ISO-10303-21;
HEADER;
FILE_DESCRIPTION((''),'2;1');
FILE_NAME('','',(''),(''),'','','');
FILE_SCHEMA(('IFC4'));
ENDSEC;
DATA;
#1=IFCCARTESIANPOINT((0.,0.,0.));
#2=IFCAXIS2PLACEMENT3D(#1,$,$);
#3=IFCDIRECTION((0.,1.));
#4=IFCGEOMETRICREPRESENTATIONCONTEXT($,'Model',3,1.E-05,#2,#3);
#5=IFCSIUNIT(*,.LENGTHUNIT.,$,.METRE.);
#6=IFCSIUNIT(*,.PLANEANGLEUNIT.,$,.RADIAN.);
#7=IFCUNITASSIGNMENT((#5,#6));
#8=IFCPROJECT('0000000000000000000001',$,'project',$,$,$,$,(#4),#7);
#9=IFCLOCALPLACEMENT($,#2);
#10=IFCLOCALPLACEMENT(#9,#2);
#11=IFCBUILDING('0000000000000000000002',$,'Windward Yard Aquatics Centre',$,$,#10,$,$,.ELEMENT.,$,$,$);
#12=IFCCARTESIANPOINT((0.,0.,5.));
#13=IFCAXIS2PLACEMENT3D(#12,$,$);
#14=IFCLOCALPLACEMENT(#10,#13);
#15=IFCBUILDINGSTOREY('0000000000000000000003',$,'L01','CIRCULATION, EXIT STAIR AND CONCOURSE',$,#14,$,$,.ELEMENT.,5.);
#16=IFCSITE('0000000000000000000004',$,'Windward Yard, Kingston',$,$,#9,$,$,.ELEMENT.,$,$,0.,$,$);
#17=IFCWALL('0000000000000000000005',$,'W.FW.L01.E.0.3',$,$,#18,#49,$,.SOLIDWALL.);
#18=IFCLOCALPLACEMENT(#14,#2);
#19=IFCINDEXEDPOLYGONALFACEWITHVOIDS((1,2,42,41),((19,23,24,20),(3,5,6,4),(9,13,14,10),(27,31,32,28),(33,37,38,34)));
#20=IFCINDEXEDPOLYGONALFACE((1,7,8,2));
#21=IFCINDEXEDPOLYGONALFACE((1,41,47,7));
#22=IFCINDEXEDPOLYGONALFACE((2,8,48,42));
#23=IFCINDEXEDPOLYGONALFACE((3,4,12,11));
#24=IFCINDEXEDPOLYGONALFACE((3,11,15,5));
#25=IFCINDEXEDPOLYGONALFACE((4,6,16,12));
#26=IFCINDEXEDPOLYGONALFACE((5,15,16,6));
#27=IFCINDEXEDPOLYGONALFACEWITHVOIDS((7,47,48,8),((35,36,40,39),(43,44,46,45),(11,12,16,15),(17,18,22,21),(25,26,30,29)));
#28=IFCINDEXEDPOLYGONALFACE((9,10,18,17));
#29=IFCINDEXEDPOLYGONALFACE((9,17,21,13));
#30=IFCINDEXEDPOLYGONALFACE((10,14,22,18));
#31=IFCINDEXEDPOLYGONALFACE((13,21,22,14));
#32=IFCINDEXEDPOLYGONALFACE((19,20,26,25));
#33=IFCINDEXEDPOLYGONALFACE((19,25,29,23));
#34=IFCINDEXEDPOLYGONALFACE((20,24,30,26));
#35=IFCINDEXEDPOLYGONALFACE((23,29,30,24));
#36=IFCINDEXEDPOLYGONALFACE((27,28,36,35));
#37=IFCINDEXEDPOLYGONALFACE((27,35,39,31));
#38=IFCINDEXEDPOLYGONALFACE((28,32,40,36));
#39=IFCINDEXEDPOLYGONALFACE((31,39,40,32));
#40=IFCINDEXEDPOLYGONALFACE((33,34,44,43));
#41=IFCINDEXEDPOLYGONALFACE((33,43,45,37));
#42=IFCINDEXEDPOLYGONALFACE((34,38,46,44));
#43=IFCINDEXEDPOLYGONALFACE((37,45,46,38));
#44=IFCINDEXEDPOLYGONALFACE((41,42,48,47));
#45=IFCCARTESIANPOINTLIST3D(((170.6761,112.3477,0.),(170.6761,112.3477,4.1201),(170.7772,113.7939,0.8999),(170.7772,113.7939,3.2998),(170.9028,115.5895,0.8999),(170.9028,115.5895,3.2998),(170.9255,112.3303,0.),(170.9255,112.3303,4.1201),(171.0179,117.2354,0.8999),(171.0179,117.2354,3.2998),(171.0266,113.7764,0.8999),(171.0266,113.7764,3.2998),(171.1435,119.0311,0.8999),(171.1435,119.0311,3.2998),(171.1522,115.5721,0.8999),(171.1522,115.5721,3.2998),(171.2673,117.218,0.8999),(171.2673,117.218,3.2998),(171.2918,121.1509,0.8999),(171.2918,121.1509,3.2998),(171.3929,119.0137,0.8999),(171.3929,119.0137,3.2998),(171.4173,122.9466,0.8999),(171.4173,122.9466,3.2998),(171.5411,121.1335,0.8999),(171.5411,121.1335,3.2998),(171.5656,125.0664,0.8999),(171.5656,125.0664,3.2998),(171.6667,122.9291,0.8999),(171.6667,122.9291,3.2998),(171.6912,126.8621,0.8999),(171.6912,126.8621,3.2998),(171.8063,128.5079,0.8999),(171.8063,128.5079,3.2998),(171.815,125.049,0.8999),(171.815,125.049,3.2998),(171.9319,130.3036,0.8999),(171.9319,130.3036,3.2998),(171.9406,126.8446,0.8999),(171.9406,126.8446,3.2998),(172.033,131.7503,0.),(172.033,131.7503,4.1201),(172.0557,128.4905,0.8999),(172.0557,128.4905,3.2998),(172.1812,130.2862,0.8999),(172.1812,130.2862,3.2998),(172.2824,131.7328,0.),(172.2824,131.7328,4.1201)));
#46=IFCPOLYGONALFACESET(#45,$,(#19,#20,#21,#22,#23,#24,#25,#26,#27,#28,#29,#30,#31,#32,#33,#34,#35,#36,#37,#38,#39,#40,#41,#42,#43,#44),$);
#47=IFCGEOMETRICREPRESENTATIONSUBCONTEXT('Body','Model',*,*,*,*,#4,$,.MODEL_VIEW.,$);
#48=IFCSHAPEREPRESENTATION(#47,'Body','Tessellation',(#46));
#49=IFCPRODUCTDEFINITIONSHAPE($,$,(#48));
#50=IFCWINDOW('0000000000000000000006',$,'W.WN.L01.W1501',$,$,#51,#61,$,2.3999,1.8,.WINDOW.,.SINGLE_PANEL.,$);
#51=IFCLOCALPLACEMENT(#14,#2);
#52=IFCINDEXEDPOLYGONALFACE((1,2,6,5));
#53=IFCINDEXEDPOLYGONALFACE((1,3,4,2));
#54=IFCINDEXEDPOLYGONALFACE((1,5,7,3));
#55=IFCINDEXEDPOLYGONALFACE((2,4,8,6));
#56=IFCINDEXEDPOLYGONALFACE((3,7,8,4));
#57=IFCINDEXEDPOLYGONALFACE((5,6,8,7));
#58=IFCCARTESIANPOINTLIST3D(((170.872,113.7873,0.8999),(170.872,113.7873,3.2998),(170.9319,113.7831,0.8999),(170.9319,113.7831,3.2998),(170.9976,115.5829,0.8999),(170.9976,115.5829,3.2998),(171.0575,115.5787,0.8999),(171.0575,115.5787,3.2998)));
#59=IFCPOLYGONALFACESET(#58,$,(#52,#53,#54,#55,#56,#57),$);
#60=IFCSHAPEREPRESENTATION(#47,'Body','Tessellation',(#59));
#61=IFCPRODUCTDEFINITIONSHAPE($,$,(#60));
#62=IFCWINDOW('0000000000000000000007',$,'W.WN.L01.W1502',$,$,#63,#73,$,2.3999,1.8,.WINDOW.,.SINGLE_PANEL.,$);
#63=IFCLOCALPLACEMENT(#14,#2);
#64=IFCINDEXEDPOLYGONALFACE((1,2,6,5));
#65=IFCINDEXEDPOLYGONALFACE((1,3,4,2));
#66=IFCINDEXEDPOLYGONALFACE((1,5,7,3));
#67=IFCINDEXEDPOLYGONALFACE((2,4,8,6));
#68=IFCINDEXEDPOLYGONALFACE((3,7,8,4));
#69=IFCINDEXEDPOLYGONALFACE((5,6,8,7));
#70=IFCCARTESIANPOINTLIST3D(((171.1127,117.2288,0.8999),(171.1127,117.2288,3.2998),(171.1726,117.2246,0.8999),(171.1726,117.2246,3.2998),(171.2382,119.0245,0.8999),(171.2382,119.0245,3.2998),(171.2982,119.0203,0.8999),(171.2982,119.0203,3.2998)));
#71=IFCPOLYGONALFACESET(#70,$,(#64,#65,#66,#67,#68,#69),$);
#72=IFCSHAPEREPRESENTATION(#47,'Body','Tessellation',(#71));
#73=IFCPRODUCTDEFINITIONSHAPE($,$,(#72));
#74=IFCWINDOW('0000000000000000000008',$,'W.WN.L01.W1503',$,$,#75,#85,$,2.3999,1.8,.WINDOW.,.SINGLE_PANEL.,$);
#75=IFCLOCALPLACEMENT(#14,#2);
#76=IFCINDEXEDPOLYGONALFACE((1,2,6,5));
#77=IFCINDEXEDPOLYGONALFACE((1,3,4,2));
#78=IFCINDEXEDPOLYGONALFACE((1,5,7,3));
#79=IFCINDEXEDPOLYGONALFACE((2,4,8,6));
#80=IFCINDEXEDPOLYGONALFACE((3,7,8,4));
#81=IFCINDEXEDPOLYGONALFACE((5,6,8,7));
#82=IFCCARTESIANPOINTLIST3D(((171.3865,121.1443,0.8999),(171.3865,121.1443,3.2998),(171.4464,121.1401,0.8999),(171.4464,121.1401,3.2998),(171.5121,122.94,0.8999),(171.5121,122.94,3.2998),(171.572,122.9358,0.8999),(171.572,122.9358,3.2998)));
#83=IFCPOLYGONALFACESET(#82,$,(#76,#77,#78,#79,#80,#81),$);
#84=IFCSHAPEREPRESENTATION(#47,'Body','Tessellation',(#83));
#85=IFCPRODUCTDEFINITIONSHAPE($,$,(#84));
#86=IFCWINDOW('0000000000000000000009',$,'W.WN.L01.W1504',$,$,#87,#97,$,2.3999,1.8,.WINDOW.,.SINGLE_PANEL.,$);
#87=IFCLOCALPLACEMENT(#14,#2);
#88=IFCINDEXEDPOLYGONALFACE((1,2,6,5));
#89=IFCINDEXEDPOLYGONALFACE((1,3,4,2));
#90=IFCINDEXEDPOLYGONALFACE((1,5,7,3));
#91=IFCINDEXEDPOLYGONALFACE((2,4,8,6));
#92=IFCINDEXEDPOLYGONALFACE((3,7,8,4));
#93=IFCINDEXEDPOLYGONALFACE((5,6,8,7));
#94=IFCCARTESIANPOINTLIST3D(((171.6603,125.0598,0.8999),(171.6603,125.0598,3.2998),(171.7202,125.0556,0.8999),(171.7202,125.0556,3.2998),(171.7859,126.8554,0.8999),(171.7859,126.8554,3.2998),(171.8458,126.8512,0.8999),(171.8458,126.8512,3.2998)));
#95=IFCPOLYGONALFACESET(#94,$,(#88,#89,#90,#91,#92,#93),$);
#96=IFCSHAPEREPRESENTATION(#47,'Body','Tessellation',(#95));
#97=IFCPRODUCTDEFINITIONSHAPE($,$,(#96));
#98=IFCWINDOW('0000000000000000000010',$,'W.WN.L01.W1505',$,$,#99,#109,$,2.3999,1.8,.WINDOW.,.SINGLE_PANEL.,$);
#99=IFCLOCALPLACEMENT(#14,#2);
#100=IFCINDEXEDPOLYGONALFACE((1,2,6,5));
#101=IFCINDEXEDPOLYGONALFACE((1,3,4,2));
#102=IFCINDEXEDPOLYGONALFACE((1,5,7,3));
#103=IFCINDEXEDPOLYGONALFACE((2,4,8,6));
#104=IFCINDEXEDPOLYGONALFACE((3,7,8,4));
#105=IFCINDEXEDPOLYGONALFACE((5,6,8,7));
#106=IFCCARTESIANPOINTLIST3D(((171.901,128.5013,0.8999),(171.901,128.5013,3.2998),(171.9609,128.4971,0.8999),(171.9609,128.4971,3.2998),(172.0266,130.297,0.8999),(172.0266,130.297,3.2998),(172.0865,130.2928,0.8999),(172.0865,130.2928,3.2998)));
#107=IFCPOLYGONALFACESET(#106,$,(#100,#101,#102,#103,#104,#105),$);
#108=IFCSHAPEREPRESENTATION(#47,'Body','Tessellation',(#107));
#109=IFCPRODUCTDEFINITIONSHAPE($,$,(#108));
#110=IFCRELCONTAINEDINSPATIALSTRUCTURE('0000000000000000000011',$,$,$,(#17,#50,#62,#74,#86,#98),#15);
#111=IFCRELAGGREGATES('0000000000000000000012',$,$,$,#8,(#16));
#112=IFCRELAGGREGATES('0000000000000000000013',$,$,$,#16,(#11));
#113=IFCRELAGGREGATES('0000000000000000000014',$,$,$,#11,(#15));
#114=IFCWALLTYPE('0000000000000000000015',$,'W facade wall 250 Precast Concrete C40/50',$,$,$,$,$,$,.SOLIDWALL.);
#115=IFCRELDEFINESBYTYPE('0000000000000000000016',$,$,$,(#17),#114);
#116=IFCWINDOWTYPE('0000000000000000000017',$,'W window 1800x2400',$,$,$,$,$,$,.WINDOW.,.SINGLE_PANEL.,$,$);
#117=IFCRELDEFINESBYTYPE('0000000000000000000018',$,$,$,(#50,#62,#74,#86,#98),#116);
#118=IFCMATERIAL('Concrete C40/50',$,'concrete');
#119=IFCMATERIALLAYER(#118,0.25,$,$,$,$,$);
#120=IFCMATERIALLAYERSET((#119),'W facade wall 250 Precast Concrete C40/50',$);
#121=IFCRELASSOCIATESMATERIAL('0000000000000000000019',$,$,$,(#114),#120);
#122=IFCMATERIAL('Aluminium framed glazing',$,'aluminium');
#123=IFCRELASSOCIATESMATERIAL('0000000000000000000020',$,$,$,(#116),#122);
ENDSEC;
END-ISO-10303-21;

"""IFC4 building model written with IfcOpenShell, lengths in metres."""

from ifc_helpers import new_model, si_unit, direction, frame, frame_2d, origin, place, context, subcontext, project, spatial, rectangle, extrude, material, layer, layer_set, type_object, element, fill, save


model = new_model("IFC4")

# Units and contexts
model_context = context("Model", 3, precision=1e-05, world=origin(), true_north=direction((0.0, 1.0)))
body_context = subcontext(model_context, "Body", "Model", "MODEL_VIEW")
ifc_project = project(units=[si_unit("LENGTHUNIT", "METRE"), si_unit("PLANEANGLEUNIT", "RADIAN")], contexts=[model_context])

# Site, building, storey
site_placement = place(None, origin())
site = spatial("IfcSite", under=ifc_project, at=site_placement, Name="Windward Yard, Kingston", CompositionType="ELEMENT", RefElevation=0.0)
building_placement = place(site_placement, origin())
building = spatial("IfcBuilding", under=site, at=building_placement, Name="Windward Yard Aquatics Centre", CompositionType="ELEMENT")
storey_placement = place(building_placement, frame((0.0, 0.0, 5.0)))
storey = spatial("IfcBuildingStorey", under=building, at=storey_placement, Name="L01", Description="CIRCULATION, EXIT STAIR AND CONCOURSE", CompositionType="ELEMENT", Elevation=5.0)

# Shared definitions
ifc_material_1 = material(Name="Concrete C40/50", Category="concrete")

# Wall, openings, windows
ifc_layer_1 = layer(ifc_material_1, 0.25)
ifc_layer_set_1 = layer_set([ifc_layer_1], Name="W facade wall 250 Precast Concrete C40/50")
wall_type = type_object("IfcWallType", Name="W facade wall 250 Precast Concrete C40/50", PredefinedType="SOLIDWALL", material=ifc_layer_set_1)
wall_placement = place(storey_placement, frame((170.8008, 112.3389, 0.0), z_axis=(0.0, 0.0, 1.0), x_axis=(0.069765, 0.997563, 0.0)))
wall = element("IfcWall", 1, at=wall_placement, inside=storey, type_object=wall_type, Name="W.FW.L01.E.0.3", PredefinedType="SOLIDWALL", context=body_context, shape_type="SweptSolid", body=[
    extrude(rectangle(XDim=19.45, YDim=0.25, at=frame_2d((9.7251, 0.0))), origin(), (0.0, 0.0, 1.0), 4.1201),
])
opening_1_placement = place(wall_placement, frame((1.45, 0.0, 0.8999)))
opening_1 = element("IfcOpeningElement", 2, at=opening_1_placement, cuts=wall, PredefinedType="OPENING", context=body_context, shape_type="SweptSolid", body=[
    extrude(rectangle(XDim=1.8, YDim=2.3999, at=frame_2d((0.8999, 1.2))), frame((0.0, 0.135, 0.0), z_axis=(0.0, -1.0, 0.0), x_axis=(1.0, 0.0, 0.0)), (0.0, 0.0, 1.0), 0.27),
])
opening_2_placement = place(wall_placement, frame((4.8999, 0.0, 0.8999)))
opening_2 = element("IfcOpeningElement", 3, at=opening_2_placement, cuts=wall, PredefinedType="OPENING", context=body_context, shape_type="SweptSolid", body=[
    extrude(rectangle(XDim=1.8, YDim=2.3999, at=frame_2d((0.8999, 1.2))), frame((0.0, 0.135, 0.0), z_axis=(0.0, -1.0, 0.0), x_axis=(1.0, 0.0, 0.0)), (0.0, 0.0, 1.0), 0.27),
])
opening_3_placement = place(wall_placement, frame((8.825, 0.0, 0.8999)))
opening_3 = element("IfcOpeningElement", 4, at=opening_3_placement, cuts=wall, PredefinedType="OPENING", context=body_context, shape_type="SweptSolid", body=[
    extrude(rectangle(XDim=1.8, YDim=2.3999, at=frame_2d((0.8999, 1.2))), frame((0.0, 0.135, 0.0), z_axis=(0.0, -1.0, 0.0), x_axis=(1.0, 0.0, 0.0)), (0.0, 0.0, 1.0), 0.27),
])
opening_4_placement = place(wall_placement, frame((12.75, 0.0, 0.8999)))
opening_4 = element("IfcOpeningElement", 5, at=opening_4_placement, cuts=wall, PredefinedType="OPENING", context=body_context, shape_type="SweptSolid", body=[
    extrude(rectangle(XDim=1.8, YDim=2.3999, at=frame_2d((0.8999, 1.2))), frame((0.0, 0.135, 0.0), z_axis=(0.0, -1.0, 0.0), x_axis=(1.0, 0.0, 0.0)), (0.0, 0.0, 1.0), 0.27),
])
opening_5_placement = place(wall_placement, frame((16.2, 0.0, 0.8999)))
opening_5 = element("IfcOpeningElement", 6, at=opening_5_placement, cuts=wall, PredefinedType="OPENING", context=body_context, shape_type="SweptSolid", body=[
    extrude(rectangle(XDim=1.8, YDim=2.3999, at=frame_2d((0.8999, 1.2))), frame((0.0, 0.135, 0.0), z_axis=(0.0, -1.0, 0.0), x_axis=(1.0, 0.0, 0.0)), (0.0, 0.0, 1.0), 0.27),
])
ifc_material_2 = material(Name="Aluminium framed glazing", Category="aluminium")
window_type = type_object("IfcWindowType", Name="W window 1800x2400", PartitioningType="SINGLE_PANEL", PredefinedType="WINDOW", material=ifc_material_2)
window_1_placement = place(opening_1_placement, origin())
window_1 = element("IfcWindow", 7, at=window_1_placement, inside=storey, type_object=window_type, Name="W.WN.L01.W1501", OverallHeight=2.3999, OverallWidth=1.8, PartitioningType="SINGLE_PANEL", PredefinedType="WINDOW", context=body_context, shape_type="SweptSolid", body=[
    extrude(rectangle(XDim=1.8, YDim=2.3999, at=frame_2d((0.8999, 1.2))), frame((0.0, 0.03, 0.0), z_axis=(0.0, -1.0, 0.0), x_axis=(1.0, 0.0, 0.0)), (0.0, 0.0, 1.0), 0.0601),
])
fill(opening_1, window_1)
window_2_placement = place(opening_2_placement, origin())
window_2 = element("IfcWindow", 8, at=window_2_placement, inside=storey, type_object=window_type, Name="W.WN.L01.W1502", OverallHeight=2.3999, OverallWidth=1.8, PartitioningType="SINGLE_PANEL", PredefinedType="WINDOW", context=body_context, shape_type="SweptSolid", body=[
    extrude(rectangle(XDim=1.8, YDim=2.3999, at=frame_2d((0.8999, 1.2))), frame((0.0, 0.03, 0.0), z_axis=(0.0, -1.0, 0.0), x_axis=(1.0, 0.0, 0.0)), (0.0, 0.0, 1.0), 0.0601),
])
fill(opening_2, window_2)
window_3_placement = place(opening_3_placement, origin())
window_3 = element("IfcWindow", 9, at=window_3_placement, inside=storey, type_object=window_type, Name="W.WN.L01.W1503", OverallHeight=2.3999, OverallWidth=1.8, PartitioningType="SINGLE_PANEL", PredefinedType="WINDOW", context=body_context, shape_type="SweptSolid", body=[
    extrude(rectangle(XDim=1.8, YDim=2.3999, at=frame_2d((0.8999, 1.2))), frame((0.0, 0.03, 0.0), z_axis=(0.0, -1.0, 0.0), x_axis=(1.0, 0.0, 0.0)), (0.0, 0.0, 1.0), 0.0601),
])
fill(opening_3, window_3)
window_4_placement = place(opening_4_placement, origin())
window_4 = element("IfcWindow", 10, at=window_4_placement, inside=storey, type_object=window_type, Name="W.WN.L01.W1504", OverallHeight=2.3999, OverallWidth=1.8, PartitioningType="SINGLE_PANEL", PredefinedType="WINDOW", context=body_context, shape_type="SweptSolid", body=[
    extrude(rectangle(XDim=1.8, YDim=2.3999, at=frame_2d((0.8999, 1.2))), frame((0.0, 0.03, 0.0), z_axis=(0.0, -1.0, 0.0), x_axis=(1.0, 0.0, 0.0)), (0.0, 0.0, 1.0), 0.0601),
])
fill(opening_4, window_4)
window_5_placement = place(opening_5_placement, origin())
window_5 = element("IfcWindow", 11, at=window_5_placement, inside=storey, type_object=window_type, Name="W.WN.L01.W1505", OverallHeight=2.3999, OverallWidth=1.8, PartitioningType="SINGLE_PANEL", PredefinedType="WINDOW", context=body_context, shape_type="SweptSolid", body=[
    extrude(rectangle(XDim=1.8, YDim=2.3999, at=frame_2d((0.8999, 1.2))), frame((0.0, 0.03, 0.0), z_axis=(0.0, -1.0, 0.0), x_axis=(1.0, 0.0, 0.0)), (0.0, 0.0, 1.0), 0.0601),
])
fill(opening_5, window_5)

save(model, "model.ifc")
